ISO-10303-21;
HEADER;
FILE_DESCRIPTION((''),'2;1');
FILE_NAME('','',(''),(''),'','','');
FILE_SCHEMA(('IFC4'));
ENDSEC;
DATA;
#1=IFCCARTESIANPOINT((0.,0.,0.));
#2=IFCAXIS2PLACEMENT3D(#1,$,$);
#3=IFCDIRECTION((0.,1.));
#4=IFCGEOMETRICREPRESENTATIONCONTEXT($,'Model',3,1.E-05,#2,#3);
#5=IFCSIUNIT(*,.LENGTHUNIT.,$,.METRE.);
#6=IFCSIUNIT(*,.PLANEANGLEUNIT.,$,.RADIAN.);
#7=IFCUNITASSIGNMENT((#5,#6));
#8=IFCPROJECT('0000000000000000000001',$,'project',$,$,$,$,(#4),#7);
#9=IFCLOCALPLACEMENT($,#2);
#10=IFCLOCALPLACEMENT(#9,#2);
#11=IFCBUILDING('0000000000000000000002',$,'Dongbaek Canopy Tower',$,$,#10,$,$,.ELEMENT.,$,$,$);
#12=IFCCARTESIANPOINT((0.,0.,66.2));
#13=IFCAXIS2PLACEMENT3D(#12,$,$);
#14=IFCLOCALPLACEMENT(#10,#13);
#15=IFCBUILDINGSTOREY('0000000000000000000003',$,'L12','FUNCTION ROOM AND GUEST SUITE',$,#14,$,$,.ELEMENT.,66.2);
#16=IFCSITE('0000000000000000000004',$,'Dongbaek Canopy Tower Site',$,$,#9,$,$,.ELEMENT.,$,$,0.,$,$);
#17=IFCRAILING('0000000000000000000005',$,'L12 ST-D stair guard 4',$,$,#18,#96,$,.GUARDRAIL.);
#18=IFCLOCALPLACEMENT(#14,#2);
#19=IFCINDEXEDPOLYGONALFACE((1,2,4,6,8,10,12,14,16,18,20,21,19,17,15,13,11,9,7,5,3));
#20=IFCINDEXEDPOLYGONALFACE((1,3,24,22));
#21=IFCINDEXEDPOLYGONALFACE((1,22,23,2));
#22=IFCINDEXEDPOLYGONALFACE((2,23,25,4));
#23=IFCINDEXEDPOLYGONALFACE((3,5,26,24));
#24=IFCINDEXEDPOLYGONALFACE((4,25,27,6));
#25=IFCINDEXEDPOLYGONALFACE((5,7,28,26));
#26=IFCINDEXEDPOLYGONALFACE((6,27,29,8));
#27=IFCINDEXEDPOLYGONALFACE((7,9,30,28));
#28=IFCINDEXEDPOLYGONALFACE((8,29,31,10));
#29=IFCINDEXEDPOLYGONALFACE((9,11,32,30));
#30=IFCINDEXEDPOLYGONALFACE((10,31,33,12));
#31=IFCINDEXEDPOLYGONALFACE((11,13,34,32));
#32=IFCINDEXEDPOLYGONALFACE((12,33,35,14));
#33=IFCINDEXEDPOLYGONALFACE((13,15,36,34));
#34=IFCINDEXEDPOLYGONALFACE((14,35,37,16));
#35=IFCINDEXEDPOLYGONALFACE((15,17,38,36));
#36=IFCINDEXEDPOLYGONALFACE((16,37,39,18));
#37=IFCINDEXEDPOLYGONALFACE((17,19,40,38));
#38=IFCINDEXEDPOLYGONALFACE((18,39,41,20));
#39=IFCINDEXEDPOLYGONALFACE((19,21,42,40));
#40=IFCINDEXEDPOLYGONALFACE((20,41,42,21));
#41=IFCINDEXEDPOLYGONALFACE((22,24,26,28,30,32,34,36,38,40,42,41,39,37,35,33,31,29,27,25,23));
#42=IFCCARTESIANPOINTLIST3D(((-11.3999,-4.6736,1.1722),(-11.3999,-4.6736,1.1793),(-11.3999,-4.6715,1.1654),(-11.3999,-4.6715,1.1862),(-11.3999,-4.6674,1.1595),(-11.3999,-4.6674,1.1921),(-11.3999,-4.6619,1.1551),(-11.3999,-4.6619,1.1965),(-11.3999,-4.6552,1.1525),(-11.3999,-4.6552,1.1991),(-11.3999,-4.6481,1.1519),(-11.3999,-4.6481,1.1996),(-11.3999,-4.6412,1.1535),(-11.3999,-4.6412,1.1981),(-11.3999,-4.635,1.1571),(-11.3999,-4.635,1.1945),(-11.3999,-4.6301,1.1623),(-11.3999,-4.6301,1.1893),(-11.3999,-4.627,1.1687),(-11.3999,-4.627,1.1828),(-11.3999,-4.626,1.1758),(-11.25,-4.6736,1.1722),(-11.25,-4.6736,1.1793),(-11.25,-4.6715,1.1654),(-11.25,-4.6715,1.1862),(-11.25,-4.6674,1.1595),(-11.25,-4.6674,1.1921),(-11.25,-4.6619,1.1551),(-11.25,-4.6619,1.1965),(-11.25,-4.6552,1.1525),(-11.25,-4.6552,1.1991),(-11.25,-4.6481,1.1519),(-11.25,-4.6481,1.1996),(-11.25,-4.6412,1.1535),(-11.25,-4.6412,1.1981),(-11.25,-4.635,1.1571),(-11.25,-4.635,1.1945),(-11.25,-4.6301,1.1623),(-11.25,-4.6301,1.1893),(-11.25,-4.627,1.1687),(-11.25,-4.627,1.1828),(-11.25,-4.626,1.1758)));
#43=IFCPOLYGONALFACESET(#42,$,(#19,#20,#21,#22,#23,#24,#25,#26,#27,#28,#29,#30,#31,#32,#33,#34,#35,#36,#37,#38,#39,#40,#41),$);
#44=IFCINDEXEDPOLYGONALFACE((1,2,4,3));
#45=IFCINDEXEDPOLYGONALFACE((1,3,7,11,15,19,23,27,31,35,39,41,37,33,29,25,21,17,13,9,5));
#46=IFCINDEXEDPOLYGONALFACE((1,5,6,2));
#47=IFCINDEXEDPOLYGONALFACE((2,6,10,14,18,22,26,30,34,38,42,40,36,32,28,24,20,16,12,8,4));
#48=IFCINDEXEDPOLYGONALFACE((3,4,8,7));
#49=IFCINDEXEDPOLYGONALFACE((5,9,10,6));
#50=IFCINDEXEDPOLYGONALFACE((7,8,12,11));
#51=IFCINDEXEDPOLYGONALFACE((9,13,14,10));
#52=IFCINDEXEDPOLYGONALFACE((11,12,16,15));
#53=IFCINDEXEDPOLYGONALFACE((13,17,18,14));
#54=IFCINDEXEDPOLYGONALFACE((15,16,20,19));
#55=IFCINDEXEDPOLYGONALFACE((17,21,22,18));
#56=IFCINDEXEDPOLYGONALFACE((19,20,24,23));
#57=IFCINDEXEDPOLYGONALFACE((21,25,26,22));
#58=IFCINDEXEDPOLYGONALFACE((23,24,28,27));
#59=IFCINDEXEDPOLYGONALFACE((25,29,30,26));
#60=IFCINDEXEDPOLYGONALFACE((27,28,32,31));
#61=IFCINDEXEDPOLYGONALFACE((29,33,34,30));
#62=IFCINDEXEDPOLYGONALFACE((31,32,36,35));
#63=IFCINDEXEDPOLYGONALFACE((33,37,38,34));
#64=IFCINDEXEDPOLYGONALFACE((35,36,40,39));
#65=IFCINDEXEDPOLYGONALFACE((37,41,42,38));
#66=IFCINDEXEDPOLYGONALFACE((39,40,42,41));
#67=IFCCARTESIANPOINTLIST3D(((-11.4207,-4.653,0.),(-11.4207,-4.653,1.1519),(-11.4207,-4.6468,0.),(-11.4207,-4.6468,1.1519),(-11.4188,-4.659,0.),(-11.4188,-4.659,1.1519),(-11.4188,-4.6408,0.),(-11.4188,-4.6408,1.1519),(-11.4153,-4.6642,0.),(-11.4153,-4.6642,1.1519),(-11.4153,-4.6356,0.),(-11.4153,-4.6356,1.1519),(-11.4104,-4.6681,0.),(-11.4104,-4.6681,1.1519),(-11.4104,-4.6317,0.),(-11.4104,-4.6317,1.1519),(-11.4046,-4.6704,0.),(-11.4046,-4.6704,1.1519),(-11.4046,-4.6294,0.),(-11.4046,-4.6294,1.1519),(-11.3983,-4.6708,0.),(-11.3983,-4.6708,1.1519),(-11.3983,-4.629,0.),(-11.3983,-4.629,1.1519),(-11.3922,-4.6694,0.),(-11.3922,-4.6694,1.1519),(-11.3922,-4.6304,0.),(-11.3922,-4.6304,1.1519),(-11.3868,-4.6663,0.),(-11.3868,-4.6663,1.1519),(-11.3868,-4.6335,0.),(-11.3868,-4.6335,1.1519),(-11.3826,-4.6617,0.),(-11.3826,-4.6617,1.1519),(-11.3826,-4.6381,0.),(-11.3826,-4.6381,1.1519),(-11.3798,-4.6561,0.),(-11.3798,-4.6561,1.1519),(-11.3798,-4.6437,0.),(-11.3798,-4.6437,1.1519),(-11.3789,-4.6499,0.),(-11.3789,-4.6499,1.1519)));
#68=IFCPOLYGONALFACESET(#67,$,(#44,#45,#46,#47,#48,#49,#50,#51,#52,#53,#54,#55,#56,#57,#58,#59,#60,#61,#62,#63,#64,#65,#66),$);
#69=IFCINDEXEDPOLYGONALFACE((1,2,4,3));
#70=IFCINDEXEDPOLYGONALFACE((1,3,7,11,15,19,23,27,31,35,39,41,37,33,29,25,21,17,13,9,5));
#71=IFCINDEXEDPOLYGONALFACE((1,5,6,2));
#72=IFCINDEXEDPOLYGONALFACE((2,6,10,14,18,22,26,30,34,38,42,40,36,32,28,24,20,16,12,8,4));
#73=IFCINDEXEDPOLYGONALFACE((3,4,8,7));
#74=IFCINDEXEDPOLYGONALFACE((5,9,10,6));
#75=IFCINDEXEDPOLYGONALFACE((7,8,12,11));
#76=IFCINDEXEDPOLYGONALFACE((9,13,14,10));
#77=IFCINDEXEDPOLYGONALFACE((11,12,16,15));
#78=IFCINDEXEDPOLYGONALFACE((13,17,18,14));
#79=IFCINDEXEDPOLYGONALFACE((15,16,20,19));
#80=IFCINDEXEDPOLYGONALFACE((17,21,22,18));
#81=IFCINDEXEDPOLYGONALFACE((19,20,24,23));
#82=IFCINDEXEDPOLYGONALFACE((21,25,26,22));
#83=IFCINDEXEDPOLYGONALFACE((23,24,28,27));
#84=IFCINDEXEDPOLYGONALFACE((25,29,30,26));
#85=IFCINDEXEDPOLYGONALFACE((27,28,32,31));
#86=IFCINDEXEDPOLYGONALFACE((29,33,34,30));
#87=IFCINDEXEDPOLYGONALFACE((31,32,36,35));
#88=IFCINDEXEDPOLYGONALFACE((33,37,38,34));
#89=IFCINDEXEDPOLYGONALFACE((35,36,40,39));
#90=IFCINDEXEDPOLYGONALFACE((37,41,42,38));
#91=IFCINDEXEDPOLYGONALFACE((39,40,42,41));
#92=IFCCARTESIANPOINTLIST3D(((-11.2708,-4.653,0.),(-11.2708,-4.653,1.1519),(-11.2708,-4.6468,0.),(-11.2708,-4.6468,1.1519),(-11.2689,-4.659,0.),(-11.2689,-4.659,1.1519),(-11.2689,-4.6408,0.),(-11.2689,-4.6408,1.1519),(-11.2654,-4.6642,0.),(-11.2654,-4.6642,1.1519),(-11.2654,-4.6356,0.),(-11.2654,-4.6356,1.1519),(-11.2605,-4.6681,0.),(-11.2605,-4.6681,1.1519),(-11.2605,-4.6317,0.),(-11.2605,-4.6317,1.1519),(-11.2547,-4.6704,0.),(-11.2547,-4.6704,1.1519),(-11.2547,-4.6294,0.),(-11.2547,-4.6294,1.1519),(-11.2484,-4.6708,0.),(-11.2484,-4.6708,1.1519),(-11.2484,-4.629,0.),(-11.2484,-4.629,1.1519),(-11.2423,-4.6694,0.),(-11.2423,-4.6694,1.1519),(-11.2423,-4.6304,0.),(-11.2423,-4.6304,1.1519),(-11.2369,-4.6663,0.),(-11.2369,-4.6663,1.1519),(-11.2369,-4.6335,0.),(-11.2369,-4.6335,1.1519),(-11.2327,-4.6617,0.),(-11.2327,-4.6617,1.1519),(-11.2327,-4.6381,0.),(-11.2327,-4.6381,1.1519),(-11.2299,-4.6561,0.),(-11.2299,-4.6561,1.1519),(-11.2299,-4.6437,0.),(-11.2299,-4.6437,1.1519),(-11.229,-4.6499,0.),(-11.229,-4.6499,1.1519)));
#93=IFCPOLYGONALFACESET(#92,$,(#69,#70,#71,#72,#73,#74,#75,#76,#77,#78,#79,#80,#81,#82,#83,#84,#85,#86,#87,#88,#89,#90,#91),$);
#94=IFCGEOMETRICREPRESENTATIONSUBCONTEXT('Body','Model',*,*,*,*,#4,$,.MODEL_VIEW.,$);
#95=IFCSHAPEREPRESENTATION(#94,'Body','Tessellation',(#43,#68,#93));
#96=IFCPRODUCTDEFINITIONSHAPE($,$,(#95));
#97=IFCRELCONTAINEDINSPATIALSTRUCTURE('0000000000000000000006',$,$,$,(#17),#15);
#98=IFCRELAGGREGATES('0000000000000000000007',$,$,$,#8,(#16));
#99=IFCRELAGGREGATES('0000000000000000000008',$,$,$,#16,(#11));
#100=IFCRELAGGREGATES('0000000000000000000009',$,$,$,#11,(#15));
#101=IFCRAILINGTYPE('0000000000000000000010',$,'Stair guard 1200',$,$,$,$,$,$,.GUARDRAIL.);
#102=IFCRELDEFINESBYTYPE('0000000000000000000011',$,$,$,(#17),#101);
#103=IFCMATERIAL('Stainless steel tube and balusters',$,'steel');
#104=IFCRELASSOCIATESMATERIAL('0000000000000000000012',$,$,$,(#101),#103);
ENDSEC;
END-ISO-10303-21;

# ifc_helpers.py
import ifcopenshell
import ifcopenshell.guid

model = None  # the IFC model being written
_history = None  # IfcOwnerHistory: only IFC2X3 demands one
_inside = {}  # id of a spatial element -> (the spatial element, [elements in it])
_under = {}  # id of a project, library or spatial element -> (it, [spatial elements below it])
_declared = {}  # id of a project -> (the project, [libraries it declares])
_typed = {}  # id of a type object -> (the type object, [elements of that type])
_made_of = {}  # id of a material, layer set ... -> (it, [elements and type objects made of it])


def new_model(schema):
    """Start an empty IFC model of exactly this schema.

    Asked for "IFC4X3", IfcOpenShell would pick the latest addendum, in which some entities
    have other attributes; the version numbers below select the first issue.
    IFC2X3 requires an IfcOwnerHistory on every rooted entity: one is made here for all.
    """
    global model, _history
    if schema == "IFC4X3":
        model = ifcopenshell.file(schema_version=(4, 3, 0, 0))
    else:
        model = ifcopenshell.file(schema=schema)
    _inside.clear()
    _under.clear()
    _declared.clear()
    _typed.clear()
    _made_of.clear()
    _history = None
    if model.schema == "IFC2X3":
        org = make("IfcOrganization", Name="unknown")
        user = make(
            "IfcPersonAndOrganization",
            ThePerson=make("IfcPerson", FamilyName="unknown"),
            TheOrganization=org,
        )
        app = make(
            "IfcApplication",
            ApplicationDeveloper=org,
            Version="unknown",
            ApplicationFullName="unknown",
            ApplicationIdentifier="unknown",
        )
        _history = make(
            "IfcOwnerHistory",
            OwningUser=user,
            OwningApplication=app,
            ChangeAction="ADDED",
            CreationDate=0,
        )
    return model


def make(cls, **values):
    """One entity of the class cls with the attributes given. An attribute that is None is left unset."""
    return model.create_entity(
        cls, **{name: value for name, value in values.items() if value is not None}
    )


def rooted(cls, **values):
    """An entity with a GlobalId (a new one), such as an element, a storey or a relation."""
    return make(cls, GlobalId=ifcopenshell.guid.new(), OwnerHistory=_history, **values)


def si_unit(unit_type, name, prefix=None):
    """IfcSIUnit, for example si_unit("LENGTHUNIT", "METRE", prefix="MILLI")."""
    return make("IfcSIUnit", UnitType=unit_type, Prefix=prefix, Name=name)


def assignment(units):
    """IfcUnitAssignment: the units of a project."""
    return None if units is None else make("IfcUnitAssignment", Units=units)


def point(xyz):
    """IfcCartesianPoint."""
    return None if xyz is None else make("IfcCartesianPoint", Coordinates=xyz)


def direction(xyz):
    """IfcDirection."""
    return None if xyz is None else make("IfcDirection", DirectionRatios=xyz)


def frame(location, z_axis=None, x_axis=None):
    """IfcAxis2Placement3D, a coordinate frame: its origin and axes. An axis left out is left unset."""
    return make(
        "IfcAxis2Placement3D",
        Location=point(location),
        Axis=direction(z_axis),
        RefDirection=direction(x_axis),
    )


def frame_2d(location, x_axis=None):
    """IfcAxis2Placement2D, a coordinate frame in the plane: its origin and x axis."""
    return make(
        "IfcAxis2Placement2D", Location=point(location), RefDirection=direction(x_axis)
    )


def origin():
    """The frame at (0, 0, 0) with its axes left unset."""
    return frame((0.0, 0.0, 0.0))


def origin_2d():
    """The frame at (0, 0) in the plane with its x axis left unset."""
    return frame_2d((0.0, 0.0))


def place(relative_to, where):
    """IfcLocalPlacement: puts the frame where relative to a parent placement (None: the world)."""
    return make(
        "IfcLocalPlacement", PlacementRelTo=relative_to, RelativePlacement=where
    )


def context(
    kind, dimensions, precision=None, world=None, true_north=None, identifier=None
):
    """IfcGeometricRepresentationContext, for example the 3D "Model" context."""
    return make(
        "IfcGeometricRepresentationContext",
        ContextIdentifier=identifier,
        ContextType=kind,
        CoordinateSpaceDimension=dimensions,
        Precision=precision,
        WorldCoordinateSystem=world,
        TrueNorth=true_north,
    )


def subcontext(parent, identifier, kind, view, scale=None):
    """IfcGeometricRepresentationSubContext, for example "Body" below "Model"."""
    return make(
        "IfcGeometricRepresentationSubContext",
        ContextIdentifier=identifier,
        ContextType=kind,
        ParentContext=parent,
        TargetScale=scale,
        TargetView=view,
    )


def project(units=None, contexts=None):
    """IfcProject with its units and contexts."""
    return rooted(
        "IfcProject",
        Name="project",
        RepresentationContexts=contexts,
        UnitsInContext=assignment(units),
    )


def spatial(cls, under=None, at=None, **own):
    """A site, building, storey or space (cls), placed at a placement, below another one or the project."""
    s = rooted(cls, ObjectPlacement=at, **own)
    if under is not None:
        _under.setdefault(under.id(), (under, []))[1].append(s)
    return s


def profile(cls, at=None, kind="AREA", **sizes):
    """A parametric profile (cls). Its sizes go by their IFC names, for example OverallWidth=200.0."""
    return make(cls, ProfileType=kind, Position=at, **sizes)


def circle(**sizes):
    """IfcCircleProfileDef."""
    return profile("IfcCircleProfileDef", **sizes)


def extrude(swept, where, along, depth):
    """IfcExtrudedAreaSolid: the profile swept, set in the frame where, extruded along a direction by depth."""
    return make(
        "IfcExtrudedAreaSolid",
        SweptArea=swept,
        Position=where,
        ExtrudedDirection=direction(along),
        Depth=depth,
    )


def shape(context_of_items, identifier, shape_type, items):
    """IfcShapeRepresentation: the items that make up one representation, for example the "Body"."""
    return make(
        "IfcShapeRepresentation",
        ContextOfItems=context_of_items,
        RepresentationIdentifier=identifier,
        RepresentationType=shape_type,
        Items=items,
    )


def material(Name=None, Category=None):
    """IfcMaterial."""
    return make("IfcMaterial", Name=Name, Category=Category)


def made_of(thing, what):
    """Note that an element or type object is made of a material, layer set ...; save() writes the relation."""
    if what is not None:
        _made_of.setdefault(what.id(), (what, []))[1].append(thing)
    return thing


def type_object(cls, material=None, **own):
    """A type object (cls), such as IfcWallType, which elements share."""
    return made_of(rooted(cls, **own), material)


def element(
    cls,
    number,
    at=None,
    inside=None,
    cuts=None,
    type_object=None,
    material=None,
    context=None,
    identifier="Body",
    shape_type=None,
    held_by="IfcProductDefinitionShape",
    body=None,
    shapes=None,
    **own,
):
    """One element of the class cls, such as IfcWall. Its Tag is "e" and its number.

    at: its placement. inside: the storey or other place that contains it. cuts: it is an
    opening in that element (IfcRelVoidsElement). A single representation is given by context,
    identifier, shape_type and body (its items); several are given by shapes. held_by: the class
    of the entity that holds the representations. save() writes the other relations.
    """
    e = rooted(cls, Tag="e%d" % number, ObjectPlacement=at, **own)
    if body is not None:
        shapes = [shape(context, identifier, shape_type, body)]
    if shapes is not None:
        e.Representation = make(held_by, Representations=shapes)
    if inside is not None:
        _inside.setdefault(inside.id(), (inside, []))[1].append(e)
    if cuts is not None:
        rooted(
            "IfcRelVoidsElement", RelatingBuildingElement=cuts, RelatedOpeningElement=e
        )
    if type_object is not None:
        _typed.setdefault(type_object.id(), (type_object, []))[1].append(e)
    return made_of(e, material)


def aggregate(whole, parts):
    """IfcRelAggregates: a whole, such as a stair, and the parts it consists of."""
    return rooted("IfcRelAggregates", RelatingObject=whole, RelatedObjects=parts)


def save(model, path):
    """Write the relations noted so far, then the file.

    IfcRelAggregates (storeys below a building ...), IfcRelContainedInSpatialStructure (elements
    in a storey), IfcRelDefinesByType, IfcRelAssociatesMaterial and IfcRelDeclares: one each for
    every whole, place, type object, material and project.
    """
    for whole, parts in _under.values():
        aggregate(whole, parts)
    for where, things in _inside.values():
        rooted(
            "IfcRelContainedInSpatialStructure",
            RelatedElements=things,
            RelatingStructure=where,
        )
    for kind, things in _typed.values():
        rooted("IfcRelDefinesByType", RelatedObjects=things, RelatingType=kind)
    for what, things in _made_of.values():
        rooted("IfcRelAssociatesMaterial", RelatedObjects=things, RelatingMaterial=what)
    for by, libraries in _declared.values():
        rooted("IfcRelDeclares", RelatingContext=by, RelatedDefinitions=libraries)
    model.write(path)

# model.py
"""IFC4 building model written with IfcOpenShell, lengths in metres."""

from ifc_helpers import new_model, si_unit, direction, frame, origin, origin_2d, place, context, subcontext, project, spatial, circle, extrude, material, type_object, element, save


model = new_model("IFC4")

# Units and contexts
model_context = context("Model", 3, precision=1e-05, world=origin(), true_north=direction((0.0, 1.0)))
body_context = subcontext(model_context, "Body", "Model", "MODEL_VIEW")
ifc_project = project(units=[si_unit("LENGTHUNIT", "METRE"), si_unit("PLANEANGLEUNIT", "RADIAN")], contexts=[model_context])

# Site, building, storey
site_placement = place(None, origin())
site = spatial("IfcSite", under=ifc_project, at=site_placement, Name="Dongbaek Canopy Tower Site", CompositionType="ELEMENT", RefElevation=0.0)
building_placement = place(site_placement, origin())
building = spatial("IfcBuilding", under=site, at=building_placement, Name="Dongbaek Canopy Tower", CompositionType="ELEMENT")
storey_placement = place(building_placement, frame((0.0, 0.0, 66.2)))
storey = spatial("IfcBuildingStorey", under=building, at=storey_placement, Name="L12", Description="FUNCTION ROOM AND GUEST SUITE", CompositionType="ELEMENT", Elevation=66.2)

# Railing
ifc_material_1 = material(Name="Stainless steel tube and balusters", Category="steel")
railing_type_1 = type_object("IfcRailingType", Name="Stair guard 1200", PredefinedType="GUARDRAIL", material=ifc_material_1)
railing_1_placement = place(storey_placement, frame((-11.3999, -4.6499, 0.0)))
element("IfcRailing", 1, at=railing_1_placement, inside=storey, type_object=railing_type_1, Name="L12 ST-D stair guard 4", PredefinedType="GUARDRAIL", context=body_context, shape_type="SweptSolid", body=[
    extrude(circle(Radius=0.0239, at=origin_2d()), frame((0.0, 0.0, 1.1758), z_axis=(1.0, 0.0, 0.0), x_axis=(0.0, 1.0, 0.0)), (0.0, 0.0, 1.0), 0.1499),
    extrude(circle(Radius=0.021, at=origin_2d()), origin(), (0.0, 0.0, 1.0), 1.1519),
    extrude(circle(Radius=0.021, at=origin_2d()), frame((0.1499, 0.0, 0.0)), (0.0, 0.0, 1.0), 1.1519),
])

save(model, "model.ifc")
